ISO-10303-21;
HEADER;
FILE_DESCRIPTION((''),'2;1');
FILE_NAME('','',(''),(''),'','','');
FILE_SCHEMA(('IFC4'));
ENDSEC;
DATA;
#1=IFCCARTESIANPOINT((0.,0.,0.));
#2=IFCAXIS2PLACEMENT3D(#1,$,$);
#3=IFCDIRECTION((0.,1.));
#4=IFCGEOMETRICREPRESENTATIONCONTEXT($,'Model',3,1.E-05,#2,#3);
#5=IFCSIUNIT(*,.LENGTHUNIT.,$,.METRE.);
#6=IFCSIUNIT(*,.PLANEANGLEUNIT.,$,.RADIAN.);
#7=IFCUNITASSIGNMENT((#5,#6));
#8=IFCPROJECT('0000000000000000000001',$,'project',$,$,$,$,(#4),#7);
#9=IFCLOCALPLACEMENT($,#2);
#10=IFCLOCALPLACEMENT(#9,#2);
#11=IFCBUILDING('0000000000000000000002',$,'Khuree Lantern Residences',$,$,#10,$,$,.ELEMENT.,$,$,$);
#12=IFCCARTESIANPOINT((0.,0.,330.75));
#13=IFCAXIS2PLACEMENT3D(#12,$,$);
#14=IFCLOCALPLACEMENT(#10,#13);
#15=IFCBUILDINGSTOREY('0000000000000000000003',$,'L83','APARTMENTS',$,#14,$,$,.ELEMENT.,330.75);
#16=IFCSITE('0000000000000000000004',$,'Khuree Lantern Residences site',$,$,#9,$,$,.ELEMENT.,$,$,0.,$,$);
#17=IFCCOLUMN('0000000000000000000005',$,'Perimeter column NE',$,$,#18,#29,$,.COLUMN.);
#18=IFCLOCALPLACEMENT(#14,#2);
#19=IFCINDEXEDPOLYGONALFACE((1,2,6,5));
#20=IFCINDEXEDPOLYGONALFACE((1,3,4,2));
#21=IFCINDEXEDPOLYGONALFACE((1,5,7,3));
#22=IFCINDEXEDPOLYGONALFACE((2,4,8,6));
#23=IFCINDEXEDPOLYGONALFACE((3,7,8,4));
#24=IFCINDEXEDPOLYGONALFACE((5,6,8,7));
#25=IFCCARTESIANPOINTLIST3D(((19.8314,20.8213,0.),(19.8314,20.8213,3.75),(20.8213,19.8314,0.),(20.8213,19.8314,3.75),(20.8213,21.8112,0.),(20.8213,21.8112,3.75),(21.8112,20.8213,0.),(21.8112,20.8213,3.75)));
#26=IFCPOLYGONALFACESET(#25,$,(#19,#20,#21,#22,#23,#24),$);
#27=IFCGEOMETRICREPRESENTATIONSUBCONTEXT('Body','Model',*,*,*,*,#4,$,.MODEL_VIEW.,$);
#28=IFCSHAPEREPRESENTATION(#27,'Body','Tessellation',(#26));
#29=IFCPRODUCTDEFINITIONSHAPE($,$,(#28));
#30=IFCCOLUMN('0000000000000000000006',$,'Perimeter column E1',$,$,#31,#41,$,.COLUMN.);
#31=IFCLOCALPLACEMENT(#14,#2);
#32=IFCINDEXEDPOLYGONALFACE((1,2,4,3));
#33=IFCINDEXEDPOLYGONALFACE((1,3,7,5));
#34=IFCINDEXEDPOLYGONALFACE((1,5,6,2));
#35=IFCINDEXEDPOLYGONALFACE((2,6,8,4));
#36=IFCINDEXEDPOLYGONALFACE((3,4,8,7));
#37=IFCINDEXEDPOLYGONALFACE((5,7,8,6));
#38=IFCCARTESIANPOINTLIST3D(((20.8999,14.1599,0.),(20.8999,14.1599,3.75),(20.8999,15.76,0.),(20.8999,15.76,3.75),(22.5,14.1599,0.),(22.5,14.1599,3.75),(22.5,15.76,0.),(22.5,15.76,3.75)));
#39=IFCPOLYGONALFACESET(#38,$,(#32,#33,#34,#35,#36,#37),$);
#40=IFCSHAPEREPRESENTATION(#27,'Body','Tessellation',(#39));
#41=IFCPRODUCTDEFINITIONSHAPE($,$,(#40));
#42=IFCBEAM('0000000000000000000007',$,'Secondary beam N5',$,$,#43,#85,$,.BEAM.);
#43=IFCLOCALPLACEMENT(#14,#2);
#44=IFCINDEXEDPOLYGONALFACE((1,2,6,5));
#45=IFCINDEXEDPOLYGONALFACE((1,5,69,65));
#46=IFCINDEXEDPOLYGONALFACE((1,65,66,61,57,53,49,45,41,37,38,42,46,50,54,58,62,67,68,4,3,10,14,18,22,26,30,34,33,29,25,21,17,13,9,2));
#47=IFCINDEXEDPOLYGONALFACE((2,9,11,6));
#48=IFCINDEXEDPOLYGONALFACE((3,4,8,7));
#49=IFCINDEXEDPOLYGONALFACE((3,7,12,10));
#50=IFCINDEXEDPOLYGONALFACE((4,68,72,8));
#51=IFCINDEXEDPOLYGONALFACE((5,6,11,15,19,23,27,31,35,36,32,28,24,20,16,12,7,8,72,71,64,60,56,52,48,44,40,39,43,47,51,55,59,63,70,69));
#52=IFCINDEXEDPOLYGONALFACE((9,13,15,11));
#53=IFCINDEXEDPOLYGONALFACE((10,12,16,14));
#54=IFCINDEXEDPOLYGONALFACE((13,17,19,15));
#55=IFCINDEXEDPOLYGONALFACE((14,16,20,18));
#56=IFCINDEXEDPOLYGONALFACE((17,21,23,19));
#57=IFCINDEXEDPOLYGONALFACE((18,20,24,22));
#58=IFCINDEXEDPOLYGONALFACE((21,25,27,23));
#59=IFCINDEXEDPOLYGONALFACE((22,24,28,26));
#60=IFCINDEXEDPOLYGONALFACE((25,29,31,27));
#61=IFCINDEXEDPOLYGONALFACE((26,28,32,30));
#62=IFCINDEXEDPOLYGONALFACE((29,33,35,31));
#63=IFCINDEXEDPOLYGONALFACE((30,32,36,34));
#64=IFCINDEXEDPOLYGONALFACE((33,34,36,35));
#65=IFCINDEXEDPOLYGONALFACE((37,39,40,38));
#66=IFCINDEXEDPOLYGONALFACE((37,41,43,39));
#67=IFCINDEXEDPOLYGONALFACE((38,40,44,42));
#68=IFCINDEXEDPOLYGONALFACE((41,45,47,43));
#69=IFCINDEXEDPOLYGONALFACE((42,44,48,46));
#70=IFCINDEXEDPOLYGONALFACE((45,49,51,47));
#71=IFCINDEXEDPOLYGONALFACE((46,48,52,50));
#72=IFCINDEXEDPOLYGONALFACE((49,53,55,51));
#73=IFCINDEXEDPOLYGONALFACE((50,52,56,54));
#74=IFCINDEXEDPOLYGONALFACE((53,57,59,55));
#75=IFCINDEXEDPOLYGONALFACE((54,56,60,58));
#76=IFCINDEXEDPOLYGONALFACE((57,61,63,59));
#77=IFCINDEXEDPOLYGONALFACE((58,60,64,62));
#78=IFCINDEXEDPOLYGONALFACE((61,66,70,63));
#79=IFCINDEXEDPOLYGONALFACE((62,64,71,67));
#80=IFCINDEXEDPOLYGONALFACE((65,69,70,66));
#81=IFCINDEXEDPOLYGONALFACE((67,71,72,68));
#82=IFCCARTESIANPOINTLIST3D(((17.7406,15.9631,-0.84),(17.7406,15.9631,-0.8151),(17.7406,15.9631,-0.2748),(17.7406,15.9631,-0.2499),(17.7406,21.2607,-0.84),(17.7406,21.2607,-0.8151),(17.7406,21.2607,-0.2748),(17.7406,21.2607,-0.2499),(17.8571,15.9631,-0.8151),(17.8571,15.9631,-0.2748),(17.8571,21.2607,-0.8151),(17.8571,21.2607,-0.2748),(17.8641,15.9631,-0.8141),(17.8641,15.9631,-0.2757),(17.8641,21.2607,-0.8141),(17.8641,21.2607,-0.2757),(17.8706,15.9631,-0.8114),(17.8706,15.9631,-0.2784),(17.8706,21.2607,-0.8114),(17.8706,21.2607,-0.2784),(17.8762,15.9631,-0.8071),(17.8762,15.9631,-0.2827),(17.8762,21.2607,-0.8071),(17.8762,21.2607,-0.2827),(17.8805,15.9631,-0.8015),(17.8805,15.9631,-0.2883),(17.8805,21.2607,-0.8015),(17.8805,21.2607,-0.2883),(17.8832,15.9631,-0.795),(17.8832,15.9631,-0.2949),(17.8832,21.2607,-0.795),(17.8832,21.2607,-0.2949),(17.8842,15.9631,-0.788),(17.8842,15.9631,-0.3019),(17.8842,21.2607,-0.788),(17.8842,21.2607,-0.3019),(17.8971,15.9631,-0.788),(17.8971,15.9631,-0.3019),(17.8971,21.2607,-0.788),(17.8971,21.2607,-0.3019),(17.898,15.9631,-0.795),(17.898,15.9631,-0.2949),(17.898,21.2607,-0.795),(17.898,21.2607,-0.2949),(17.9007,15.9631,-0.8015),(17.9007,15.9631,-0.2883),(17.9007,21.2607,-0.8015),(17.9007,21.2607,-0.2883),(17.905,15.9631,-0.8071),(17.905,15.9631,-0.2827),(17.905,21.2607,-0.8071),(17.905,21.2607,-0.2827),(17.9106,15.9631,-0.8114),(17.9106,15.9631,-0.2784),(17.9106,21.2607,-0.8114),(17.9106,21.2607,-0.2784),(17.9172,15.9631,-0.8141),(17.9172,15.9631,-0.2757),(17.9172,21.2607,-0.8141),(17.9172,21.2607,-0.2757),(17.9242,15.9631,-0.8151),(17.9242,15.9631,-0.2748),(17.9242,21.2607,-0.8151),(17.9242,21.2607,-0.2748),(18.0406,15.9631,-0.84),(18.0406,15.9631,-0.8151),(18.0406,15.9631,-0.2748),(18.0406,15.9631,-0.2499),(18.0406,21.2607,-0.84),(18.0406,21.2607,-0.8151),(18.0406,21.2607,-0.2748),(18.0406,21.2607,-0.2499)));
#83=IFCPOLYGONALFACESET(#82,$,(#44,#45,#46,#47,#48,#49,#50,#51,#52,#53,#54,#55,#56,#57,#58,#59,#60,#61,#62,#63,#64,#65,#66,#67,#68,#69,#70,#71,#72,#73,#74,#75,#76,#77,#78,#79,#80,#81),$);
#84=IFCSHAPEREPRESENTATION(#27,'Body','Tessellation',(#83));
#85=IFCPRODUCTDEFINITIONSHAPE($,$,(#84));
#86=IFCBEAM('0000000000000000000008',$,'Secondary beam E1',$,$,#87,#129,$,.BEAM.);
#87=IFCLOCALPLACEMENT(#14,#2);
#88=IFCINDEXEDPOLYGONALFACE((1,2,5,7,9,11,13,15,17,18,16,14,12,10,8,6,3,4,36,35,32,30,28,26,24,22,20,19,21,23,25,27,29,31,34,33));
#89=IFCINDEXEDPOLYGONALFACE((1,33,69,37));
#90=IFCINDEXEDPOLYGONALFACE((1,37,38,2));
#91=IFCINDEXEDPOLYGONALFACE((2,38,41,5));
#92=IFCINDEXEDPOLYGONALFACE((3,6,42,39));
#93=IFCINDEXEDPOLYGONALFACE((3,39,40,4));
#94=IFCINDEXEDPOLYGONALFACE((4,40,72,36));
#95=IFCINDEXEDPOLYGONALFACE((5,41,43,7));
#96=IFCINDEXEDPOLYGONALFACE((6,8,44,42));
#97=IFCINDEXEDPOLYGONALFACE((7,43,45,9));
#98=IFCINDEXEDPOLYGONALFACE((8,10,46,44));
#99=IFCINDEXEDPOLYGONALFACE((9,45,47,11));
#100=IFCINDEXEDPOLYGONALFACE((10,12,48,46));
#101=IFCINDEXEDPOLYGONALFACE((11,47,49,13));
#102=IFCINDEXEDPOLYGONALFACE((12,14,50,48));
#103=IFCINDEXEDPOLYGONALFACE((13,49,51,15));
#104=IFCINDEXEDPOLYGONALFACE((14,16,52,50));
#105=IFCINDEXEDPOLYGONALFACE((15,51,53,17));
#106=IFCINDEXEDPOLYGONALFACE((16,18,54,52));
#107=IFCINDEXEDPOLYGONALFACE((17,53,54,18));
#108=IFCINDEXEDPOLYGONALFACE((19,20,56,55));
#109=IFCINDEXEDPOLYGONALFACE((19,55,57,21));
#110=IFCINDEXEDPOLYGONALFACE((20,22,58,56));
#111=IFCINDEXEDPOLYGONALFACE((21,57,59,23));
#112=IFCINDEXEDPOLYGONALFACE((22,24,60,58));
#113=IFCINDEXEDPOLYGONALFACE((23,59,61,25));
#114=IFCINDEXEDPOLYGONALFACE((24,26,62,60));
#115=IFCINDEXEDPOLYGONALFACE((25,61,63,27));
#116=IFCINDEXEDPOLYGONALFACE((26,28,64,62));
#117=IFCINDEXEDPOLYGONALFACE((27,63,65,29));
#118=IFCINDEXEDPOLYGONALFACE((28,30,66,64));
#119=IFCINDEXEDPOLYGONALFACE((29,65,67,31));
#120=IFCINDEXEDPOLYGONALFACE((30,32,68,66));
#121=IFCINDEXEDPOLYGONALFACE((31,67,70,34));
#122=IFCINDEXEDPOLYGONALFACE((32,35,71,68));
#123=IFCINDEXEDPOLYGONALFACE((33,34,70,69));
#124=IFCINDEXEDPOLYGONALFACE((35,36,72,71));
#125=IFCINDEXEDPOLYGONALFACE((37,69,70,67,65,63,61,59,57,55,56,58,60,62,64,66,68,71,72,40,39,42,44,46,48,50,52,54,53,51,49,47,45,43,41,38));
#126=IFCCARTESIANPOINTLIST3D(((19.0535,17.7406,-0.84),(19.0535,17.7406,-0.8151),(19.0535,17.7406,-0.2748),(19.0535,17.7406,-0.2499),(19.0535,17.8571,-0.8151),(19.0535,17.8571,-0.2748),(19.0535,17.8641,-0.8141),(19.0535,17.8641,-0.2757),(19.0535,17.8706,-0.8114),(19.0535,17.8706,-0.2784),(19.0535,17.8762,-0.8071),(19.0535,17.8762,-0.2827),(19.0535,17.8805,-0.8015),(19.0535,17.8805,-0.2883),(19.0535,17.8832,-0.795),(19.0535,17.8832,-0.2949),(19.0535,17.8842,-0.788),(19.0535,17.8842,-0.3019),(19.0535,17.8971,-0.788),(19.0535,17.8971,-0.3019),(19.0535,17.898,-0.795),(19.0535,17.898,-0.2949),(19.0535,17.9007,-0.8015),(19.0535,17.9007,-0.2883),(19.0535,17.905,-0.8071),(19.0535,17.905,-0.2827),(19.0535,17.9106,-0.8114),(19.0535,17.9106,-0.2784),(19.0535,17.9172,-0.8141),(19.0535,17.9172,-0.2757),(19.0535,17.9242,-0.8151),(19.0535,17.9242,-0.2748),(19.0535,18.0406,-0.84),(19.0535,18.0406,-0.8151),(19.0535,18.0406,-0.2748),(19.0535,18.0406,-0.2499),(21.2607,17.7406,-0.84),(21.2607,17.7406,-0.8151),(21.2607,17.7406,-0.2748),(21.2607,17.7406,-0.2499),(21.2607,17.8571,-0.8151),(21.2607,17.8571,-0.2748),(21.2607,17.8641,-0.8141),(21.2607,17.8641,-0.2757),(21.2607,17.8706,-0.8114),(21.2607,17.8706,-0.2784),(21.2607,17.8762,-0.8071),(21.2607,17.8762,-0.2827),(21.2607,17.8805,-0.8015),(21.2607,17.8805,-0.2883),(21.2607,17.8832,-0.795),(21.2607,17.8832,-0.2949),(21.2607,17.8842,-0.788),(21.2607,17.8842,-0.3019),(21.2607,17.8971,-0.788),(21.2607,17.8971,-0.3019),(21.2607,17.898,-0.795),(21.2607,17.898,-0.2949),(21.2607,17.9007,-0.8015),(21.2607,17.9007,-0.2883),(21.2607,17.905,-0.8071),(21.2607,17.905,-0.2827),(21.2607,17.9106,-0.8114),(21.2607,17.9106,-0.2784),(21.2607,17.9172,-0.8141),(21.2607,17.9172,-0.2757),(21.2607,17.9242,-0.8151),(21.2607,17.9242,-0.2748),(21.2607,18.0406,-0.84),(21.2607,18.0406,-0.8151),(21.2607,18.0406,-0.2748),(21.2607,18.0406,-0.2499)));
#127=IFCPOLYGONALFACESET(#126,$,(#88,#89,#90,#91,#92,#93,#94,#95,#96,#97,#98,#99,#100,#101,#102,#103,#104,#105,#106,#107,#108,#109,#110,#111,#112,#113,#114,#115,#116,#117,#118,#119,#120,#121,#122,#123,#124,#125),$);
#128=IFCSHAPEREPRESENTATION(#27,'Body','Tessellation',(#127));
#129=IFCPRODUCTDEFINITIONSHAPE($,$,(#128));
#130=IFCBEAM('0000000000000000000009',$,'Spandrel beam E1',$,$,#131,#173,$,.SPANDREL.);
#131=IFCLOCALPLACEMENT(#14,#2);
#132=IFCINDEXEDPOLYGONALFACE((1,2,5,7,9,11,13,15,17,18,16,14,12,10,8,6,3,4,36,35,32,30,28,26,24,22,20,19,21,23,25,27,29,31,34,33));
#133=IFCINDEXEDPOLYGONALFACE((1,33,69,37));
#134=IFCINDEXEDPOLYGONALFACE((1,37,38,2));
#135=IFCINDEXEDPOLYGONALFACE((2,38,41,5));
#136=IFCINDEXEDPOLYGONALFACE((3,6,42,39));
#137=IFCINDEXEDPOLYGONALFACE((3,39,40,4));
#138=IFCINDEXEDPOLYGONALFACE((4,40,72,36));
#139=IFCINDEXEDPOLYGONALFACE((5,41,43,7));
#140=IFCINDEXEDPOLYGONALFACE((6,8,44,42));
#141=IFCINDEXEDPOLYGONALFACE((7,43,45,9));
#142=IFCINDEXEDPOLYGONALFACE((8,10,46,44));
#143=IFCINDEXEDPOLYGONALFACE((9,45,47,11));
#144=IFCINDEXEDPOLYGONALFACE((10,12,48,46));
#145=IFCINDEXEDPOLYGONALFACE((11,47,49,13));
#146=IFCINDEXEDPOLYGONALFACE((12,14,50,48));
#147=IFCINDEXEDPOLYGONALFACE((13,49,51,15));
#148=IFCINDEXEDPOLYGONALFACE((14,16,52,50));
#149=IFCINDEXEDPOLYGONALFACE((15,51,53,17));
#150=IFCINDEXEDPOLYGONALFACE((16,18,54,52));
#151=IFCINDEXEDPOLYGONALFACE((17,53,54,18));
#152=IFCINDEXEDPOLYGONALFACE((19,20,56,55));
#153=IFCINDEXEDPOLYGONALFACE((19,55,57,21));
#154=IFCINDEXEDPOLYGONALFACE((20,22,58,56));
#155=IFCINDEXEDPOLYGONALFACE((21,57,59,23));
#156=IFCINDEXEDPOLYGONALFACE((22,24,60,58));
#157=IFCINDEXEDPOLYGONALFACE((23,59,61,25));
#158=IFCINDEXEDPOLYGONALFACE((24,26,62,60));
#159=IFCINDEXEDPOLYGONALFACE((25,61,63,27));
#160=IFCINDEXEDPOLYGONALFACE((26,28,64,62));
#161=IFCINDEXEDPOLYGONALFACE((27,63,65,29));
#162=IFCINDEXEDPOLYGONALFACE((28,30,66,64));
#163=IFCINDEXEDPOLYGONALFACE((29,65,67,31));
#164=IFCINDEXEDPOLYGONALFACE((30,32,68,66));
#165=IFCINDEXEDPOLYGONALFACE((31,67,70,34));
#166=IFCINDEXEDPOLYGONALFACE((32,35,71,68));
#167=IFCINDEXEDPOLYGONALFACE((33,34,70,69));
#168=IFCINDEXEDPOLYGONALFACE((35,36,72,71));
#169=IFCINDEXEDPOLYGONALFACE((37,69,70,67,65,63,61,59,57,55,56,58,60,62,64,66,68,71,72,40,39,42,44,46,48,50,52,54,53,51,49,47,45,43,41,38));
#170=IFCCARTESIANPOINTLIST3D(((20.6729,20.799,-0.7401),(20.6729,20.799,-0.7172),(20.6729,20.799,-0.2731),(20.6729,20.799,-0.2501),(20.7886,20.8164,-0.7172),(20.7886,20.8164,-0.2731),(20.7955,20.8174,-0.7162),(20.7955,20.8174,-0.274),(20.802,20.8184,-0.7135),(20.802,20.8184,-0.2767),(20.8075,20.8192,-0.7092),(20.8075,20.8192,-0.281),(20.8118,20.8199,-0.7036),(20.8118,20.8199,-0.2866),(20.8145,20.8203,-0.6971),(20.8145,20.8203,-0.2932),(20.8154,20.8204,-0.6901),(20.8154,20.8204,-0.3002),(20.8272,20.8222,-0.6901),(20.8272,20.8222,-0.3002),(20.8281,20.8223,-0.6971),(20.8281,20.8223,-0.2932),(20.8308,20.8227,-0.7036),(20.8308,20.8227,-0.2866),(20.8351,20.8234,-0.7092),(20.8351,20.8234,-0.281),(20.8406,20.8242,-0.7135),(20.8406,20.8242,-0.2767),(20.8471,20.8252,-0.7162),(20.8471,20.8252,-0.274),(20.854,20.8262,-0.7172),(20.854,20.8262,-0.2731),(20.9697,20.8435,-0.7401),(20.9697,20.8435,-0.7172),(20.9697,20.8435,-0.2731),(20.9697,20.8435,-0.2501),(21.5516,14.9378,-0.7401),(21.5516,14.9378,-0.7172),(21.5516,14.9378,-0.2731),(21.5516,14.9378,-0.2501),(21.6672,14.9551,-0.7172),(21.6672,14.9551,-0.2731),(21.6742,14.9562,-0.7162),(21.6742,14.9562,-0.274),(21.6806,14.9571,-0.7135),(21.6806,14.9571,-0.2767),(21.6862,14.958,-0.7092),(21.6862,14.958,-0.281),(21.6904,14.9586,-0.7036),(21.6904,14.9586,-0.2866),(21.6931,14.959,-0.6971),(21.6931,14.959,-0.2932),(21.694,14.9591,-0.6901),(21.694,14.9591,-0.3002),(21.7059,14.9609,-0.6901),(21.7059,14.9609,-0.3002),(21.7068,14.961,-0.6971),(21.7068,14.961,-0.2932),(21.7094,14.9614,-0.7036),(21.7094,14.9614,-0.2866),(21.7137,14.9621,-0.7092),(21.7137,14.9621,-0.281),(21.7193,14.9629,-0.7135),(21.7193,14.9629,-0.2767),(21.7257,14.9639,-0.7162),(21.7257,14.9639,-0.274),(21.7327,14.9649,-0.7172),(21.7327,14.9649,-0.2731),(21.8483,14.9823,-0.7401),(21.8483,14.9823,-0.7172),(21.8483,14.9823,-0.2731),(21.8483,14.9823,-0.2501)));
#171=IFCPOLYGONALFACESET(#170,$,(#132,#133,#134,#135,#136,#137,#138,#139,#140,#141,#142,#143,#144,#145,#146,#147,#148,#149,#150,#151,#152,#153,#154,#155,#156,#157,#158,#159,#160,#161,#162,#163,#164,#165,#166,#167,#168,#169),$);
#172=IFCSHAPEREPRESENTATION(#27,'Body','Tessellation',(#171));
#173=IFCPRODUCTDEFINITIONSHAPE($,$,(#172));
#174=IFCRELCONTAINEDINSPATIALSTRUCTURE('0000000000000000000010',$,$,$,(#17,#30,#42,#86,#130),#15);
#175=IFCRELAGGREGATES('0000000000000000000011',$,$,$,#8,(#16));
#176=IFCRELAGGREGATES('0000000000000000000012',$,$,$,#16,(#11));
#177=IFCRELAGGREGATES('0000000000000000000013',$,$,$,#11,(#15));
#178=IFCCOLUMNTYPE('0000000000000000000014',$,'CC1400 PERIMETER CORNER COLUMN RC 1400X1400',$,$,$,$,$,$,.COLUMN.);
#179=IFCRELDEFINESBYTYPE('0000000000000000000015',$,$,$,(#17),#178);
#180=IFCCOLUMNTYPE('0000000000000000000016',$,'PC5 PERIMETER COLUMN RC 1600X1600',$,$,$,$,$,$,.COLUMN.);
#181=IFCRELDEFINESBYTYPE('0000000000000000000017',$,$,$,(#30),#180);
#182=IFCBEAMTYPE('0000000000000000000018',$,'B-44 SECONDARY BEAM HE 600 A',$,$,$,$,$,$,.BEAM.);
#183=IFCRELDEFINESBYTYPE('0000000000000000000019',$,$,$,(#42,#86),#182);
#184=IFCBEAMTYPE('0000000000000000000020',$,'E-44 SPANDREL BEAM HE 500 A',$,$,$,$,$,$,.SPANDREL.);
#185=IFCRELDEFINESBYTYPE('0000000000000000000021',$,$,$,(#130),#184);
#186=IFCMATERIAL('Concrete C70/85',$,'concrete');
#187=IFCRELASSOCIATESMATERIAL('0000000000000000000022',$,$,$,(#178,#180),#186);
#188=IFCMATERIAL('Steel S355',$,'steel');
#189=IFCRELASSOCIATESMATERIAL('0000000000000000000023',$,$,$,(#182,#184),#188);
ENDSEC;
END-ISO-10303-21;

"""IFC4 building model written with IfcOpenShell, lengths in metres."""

from ifc_helpers import new_model, si_unit, direction, frame, origin, origin_2d, place, context, subcontext, project, spatial, rectangle, i_section, extrude, material, material_profile, profile_set, type_object, element, save


model = new_model("IFC4")

# Units and contexts
model_context = context("Model", 3, precision=1e-05, world=origin(), true_north=direction((0.0, 1.0)))
body_context = subcontext(model_context, "Body", "Model", "MODEL_VIEW")
ifc_project = project(units=[si_unit("LENGTHUNIT", "METRE"), si_unit("PLANEANGLEUNIT", "RADIAN")], contexts=[model_context])

# Site, building, storey
site_placement = place(None, origin())
site = spatial("IfcSite", under=ifc_project, at=site_placement, Name="Khuree Lantern Residences site", CompositionType="ELEMENT", RefElevation=0.0)
building_placement = place(site_placement, origin())
building = spatial("IfcBuilding", under=site, at=building_placement, Name="Khuree Lantern Residences", CompositionType="ELEMENT")
storey_placement = place(building_placement, frame((0.0, 0.0, 330.75)))
storey = spatial("IfcBuildingStorey", under=building, at=storey_placement, Name="L83", Description="APARTMENTS", CompositionType="ELEMENT", Elevation=330.75)

# Columns
ifc_material_1 = material(Name="Concrete C70/85", Category="concrete")
ifc_material_profile_1 = material_profile(ifc_material_1, rectangle(XDim=1.3999, YDim=1.3999, at=origin_2d()), Name="RC 1400X1400")
ifc_profile_set_1 = profile_set([ifc_material_profile_1], Name="Concrete C70/85")
column_type_1 = type_object("IfcColumnType", Name="CC1400 PERIMETER CORNER COLUMN RC 1400X1400", PredefinedType="COLUMN", material=ifc_profile_set_1)
column_1_placement = place(storey_placement, frame((20.8213, 20.8213, 0.0), z_axis=(0.0, 0.0, 1.0), x_axis=(0.707107, -0.707107, 0.0)))
element("IfcColumn", 1, at=column_1_placement, inside=storey, type_object=column_type_1, Name="Perimeter column NE", PredefinedType="COLUMN", context=body_context, shape_type="SweptSolid", body=[
    extrude(rectangle(XDim=1.3999, YDim=1.3999, at=origin_2d()), origin(), (0.0, 0.0, 1.0), 3.75),
])
ifc_material_profile_2 = material_profile(ifc_material_1, rectangle(XDim=1.6001, YDim=1.6001, at=origin_2d()), Name="RC 1600X1600")
ifc_profile_set_2 = profile_set([ifc_material_profile_2], Name="Concrete C70/85")
column_type_2 = type_object("IfcColumnType", Name="PC5 PERIMETER COLUMN RC 1600X1600", PredefinedType="COLUMN", material=ifc_profile_set_2)
column_2_placement = place(storey_placement, frame((21.7, 14.96, 0.0), z_axis=(0.0, 0.0, 1.0), x_axis=(0.0, 1.0, 0.0)))
element("IfcColumn", 2, at=column_2_placement, inside=storey, type_object=column_type_2, Name="Perimeter column E1", PredefinedType="COLUMN", context=body_context, shape_type="SweptSolid", body=[
    extrude(rectangle(XDim=1.6001, YDim=1.6001, at=origin_2d()), origin(), (0.0, 0.0, 1.0), 3.75),
])

# Beams
ifc_material_2 = material(Name="Steel S355", Category="steel")
ifc_material_profile_3 = material_profile(ifc_material_2, i_section(OverallWidth=0.3, OverallDepth=0.5901, WebThickness=0.0129, FlangeThickness=0.0249, FilletRadius=0.0271, at=origin_2d()), Name="HE 600 A")
ifc_profile_set_3 = profile_set([ifc_material_profile_3], Name="Steel S355")
beam_type_1 = type_object("IfcBeamType", Name="B-44 SECONDARY BEAM HE 600 A", PredefinedType="BEAM", material=ifc_profile_set_3)
beam_1_placement = place(storey_placement, frame((17.8906, 21.2607, -0.5449), z_axis=(0.0, -1.0, 0.0), x_axis=(1.0, 0.0, 0.0)))
element("IfcBeam", 3, at=beam_1_placement, inside=storey, type_object=beam_type_1, Name="Secondary beam N5", PredefinedType="BEAM", context=body_context, shape_type="SweptSolid", body=[
    extrude(i_section(OverallWidth=0.3, OverallDepth=0.5901, WebThickness=0.0129, FlangeThickness=0.0249, FilletRadius=0.0271, at=origin_2d()), origin(), (0.0, 0.0, 1.0), 5.2976),
])
beam_2_placement = place(storey_placement, frame((21.2607, 17.8906, -0.5449), z_axis=(-1.0, 0.0, 0.0), x_axis=(0.0, -1.0, 0.0)))
element("IfcBeam", 4, at=beam_2_placement, inside=storey, type_object=beam_type_1, Name="Secondary beam E1", PredefinedType="BEAM", context=body_context, shape_type="SweptSolid", body=[
    extrude(i_section(OverallWidth=0.3, OverallDepth=0.5901, WebThickness=0.0129, FlangeThickness=0.0249, FilletRadius=0.0271, at=origin_2d()), origin(), (0.0, 0.0, 1.0), 2.2073),
])
ifc_material_profile_4 = material_profile(ifc_material_2, i_section(OverallWidth=0.3, OverallDepth=0.49, WebThickness=0.012, FlangeThickness=0.0229, FilletRadius=0.0271, at=origin_2d()), Name="HE 500 A")
ifc_profile_set_4 = profile_set([ifc_material_profile_4], Name="Steel S355")
beam_type_2 = type_object("IfcBeamType", Name="E-44 SPANDREL BEAM HE 500 A", PredefinedType="SPANDREL", material=ifc_profile_set_4)
beam_3_placement = place(storey_placement, frame((20.8213, 20.8213, -0.4951), z_axis=(0.148252, -0.98895, 0.0), x_axis=(0.98895, 0.148252, 0.0)))
element("IfcBeam", 5, at=beam_3_placement, inside=storey, type_object=beam_type_2, Name="Spandrel beam E1", PredefinedType="SPANDREL", context=body_context, shape_type="SweptSolid", body=[
    extrude(i_section(OverallWidth=0.3, OverallDepth=0.49, WebThickness=0.012, FlangeThickness=0.0229, FilletRadius=0.0271, at=origin_2d()), origin(), (0.0, 0.0, 1.0), 5.9268),
])

save(model, "model.ifc")
